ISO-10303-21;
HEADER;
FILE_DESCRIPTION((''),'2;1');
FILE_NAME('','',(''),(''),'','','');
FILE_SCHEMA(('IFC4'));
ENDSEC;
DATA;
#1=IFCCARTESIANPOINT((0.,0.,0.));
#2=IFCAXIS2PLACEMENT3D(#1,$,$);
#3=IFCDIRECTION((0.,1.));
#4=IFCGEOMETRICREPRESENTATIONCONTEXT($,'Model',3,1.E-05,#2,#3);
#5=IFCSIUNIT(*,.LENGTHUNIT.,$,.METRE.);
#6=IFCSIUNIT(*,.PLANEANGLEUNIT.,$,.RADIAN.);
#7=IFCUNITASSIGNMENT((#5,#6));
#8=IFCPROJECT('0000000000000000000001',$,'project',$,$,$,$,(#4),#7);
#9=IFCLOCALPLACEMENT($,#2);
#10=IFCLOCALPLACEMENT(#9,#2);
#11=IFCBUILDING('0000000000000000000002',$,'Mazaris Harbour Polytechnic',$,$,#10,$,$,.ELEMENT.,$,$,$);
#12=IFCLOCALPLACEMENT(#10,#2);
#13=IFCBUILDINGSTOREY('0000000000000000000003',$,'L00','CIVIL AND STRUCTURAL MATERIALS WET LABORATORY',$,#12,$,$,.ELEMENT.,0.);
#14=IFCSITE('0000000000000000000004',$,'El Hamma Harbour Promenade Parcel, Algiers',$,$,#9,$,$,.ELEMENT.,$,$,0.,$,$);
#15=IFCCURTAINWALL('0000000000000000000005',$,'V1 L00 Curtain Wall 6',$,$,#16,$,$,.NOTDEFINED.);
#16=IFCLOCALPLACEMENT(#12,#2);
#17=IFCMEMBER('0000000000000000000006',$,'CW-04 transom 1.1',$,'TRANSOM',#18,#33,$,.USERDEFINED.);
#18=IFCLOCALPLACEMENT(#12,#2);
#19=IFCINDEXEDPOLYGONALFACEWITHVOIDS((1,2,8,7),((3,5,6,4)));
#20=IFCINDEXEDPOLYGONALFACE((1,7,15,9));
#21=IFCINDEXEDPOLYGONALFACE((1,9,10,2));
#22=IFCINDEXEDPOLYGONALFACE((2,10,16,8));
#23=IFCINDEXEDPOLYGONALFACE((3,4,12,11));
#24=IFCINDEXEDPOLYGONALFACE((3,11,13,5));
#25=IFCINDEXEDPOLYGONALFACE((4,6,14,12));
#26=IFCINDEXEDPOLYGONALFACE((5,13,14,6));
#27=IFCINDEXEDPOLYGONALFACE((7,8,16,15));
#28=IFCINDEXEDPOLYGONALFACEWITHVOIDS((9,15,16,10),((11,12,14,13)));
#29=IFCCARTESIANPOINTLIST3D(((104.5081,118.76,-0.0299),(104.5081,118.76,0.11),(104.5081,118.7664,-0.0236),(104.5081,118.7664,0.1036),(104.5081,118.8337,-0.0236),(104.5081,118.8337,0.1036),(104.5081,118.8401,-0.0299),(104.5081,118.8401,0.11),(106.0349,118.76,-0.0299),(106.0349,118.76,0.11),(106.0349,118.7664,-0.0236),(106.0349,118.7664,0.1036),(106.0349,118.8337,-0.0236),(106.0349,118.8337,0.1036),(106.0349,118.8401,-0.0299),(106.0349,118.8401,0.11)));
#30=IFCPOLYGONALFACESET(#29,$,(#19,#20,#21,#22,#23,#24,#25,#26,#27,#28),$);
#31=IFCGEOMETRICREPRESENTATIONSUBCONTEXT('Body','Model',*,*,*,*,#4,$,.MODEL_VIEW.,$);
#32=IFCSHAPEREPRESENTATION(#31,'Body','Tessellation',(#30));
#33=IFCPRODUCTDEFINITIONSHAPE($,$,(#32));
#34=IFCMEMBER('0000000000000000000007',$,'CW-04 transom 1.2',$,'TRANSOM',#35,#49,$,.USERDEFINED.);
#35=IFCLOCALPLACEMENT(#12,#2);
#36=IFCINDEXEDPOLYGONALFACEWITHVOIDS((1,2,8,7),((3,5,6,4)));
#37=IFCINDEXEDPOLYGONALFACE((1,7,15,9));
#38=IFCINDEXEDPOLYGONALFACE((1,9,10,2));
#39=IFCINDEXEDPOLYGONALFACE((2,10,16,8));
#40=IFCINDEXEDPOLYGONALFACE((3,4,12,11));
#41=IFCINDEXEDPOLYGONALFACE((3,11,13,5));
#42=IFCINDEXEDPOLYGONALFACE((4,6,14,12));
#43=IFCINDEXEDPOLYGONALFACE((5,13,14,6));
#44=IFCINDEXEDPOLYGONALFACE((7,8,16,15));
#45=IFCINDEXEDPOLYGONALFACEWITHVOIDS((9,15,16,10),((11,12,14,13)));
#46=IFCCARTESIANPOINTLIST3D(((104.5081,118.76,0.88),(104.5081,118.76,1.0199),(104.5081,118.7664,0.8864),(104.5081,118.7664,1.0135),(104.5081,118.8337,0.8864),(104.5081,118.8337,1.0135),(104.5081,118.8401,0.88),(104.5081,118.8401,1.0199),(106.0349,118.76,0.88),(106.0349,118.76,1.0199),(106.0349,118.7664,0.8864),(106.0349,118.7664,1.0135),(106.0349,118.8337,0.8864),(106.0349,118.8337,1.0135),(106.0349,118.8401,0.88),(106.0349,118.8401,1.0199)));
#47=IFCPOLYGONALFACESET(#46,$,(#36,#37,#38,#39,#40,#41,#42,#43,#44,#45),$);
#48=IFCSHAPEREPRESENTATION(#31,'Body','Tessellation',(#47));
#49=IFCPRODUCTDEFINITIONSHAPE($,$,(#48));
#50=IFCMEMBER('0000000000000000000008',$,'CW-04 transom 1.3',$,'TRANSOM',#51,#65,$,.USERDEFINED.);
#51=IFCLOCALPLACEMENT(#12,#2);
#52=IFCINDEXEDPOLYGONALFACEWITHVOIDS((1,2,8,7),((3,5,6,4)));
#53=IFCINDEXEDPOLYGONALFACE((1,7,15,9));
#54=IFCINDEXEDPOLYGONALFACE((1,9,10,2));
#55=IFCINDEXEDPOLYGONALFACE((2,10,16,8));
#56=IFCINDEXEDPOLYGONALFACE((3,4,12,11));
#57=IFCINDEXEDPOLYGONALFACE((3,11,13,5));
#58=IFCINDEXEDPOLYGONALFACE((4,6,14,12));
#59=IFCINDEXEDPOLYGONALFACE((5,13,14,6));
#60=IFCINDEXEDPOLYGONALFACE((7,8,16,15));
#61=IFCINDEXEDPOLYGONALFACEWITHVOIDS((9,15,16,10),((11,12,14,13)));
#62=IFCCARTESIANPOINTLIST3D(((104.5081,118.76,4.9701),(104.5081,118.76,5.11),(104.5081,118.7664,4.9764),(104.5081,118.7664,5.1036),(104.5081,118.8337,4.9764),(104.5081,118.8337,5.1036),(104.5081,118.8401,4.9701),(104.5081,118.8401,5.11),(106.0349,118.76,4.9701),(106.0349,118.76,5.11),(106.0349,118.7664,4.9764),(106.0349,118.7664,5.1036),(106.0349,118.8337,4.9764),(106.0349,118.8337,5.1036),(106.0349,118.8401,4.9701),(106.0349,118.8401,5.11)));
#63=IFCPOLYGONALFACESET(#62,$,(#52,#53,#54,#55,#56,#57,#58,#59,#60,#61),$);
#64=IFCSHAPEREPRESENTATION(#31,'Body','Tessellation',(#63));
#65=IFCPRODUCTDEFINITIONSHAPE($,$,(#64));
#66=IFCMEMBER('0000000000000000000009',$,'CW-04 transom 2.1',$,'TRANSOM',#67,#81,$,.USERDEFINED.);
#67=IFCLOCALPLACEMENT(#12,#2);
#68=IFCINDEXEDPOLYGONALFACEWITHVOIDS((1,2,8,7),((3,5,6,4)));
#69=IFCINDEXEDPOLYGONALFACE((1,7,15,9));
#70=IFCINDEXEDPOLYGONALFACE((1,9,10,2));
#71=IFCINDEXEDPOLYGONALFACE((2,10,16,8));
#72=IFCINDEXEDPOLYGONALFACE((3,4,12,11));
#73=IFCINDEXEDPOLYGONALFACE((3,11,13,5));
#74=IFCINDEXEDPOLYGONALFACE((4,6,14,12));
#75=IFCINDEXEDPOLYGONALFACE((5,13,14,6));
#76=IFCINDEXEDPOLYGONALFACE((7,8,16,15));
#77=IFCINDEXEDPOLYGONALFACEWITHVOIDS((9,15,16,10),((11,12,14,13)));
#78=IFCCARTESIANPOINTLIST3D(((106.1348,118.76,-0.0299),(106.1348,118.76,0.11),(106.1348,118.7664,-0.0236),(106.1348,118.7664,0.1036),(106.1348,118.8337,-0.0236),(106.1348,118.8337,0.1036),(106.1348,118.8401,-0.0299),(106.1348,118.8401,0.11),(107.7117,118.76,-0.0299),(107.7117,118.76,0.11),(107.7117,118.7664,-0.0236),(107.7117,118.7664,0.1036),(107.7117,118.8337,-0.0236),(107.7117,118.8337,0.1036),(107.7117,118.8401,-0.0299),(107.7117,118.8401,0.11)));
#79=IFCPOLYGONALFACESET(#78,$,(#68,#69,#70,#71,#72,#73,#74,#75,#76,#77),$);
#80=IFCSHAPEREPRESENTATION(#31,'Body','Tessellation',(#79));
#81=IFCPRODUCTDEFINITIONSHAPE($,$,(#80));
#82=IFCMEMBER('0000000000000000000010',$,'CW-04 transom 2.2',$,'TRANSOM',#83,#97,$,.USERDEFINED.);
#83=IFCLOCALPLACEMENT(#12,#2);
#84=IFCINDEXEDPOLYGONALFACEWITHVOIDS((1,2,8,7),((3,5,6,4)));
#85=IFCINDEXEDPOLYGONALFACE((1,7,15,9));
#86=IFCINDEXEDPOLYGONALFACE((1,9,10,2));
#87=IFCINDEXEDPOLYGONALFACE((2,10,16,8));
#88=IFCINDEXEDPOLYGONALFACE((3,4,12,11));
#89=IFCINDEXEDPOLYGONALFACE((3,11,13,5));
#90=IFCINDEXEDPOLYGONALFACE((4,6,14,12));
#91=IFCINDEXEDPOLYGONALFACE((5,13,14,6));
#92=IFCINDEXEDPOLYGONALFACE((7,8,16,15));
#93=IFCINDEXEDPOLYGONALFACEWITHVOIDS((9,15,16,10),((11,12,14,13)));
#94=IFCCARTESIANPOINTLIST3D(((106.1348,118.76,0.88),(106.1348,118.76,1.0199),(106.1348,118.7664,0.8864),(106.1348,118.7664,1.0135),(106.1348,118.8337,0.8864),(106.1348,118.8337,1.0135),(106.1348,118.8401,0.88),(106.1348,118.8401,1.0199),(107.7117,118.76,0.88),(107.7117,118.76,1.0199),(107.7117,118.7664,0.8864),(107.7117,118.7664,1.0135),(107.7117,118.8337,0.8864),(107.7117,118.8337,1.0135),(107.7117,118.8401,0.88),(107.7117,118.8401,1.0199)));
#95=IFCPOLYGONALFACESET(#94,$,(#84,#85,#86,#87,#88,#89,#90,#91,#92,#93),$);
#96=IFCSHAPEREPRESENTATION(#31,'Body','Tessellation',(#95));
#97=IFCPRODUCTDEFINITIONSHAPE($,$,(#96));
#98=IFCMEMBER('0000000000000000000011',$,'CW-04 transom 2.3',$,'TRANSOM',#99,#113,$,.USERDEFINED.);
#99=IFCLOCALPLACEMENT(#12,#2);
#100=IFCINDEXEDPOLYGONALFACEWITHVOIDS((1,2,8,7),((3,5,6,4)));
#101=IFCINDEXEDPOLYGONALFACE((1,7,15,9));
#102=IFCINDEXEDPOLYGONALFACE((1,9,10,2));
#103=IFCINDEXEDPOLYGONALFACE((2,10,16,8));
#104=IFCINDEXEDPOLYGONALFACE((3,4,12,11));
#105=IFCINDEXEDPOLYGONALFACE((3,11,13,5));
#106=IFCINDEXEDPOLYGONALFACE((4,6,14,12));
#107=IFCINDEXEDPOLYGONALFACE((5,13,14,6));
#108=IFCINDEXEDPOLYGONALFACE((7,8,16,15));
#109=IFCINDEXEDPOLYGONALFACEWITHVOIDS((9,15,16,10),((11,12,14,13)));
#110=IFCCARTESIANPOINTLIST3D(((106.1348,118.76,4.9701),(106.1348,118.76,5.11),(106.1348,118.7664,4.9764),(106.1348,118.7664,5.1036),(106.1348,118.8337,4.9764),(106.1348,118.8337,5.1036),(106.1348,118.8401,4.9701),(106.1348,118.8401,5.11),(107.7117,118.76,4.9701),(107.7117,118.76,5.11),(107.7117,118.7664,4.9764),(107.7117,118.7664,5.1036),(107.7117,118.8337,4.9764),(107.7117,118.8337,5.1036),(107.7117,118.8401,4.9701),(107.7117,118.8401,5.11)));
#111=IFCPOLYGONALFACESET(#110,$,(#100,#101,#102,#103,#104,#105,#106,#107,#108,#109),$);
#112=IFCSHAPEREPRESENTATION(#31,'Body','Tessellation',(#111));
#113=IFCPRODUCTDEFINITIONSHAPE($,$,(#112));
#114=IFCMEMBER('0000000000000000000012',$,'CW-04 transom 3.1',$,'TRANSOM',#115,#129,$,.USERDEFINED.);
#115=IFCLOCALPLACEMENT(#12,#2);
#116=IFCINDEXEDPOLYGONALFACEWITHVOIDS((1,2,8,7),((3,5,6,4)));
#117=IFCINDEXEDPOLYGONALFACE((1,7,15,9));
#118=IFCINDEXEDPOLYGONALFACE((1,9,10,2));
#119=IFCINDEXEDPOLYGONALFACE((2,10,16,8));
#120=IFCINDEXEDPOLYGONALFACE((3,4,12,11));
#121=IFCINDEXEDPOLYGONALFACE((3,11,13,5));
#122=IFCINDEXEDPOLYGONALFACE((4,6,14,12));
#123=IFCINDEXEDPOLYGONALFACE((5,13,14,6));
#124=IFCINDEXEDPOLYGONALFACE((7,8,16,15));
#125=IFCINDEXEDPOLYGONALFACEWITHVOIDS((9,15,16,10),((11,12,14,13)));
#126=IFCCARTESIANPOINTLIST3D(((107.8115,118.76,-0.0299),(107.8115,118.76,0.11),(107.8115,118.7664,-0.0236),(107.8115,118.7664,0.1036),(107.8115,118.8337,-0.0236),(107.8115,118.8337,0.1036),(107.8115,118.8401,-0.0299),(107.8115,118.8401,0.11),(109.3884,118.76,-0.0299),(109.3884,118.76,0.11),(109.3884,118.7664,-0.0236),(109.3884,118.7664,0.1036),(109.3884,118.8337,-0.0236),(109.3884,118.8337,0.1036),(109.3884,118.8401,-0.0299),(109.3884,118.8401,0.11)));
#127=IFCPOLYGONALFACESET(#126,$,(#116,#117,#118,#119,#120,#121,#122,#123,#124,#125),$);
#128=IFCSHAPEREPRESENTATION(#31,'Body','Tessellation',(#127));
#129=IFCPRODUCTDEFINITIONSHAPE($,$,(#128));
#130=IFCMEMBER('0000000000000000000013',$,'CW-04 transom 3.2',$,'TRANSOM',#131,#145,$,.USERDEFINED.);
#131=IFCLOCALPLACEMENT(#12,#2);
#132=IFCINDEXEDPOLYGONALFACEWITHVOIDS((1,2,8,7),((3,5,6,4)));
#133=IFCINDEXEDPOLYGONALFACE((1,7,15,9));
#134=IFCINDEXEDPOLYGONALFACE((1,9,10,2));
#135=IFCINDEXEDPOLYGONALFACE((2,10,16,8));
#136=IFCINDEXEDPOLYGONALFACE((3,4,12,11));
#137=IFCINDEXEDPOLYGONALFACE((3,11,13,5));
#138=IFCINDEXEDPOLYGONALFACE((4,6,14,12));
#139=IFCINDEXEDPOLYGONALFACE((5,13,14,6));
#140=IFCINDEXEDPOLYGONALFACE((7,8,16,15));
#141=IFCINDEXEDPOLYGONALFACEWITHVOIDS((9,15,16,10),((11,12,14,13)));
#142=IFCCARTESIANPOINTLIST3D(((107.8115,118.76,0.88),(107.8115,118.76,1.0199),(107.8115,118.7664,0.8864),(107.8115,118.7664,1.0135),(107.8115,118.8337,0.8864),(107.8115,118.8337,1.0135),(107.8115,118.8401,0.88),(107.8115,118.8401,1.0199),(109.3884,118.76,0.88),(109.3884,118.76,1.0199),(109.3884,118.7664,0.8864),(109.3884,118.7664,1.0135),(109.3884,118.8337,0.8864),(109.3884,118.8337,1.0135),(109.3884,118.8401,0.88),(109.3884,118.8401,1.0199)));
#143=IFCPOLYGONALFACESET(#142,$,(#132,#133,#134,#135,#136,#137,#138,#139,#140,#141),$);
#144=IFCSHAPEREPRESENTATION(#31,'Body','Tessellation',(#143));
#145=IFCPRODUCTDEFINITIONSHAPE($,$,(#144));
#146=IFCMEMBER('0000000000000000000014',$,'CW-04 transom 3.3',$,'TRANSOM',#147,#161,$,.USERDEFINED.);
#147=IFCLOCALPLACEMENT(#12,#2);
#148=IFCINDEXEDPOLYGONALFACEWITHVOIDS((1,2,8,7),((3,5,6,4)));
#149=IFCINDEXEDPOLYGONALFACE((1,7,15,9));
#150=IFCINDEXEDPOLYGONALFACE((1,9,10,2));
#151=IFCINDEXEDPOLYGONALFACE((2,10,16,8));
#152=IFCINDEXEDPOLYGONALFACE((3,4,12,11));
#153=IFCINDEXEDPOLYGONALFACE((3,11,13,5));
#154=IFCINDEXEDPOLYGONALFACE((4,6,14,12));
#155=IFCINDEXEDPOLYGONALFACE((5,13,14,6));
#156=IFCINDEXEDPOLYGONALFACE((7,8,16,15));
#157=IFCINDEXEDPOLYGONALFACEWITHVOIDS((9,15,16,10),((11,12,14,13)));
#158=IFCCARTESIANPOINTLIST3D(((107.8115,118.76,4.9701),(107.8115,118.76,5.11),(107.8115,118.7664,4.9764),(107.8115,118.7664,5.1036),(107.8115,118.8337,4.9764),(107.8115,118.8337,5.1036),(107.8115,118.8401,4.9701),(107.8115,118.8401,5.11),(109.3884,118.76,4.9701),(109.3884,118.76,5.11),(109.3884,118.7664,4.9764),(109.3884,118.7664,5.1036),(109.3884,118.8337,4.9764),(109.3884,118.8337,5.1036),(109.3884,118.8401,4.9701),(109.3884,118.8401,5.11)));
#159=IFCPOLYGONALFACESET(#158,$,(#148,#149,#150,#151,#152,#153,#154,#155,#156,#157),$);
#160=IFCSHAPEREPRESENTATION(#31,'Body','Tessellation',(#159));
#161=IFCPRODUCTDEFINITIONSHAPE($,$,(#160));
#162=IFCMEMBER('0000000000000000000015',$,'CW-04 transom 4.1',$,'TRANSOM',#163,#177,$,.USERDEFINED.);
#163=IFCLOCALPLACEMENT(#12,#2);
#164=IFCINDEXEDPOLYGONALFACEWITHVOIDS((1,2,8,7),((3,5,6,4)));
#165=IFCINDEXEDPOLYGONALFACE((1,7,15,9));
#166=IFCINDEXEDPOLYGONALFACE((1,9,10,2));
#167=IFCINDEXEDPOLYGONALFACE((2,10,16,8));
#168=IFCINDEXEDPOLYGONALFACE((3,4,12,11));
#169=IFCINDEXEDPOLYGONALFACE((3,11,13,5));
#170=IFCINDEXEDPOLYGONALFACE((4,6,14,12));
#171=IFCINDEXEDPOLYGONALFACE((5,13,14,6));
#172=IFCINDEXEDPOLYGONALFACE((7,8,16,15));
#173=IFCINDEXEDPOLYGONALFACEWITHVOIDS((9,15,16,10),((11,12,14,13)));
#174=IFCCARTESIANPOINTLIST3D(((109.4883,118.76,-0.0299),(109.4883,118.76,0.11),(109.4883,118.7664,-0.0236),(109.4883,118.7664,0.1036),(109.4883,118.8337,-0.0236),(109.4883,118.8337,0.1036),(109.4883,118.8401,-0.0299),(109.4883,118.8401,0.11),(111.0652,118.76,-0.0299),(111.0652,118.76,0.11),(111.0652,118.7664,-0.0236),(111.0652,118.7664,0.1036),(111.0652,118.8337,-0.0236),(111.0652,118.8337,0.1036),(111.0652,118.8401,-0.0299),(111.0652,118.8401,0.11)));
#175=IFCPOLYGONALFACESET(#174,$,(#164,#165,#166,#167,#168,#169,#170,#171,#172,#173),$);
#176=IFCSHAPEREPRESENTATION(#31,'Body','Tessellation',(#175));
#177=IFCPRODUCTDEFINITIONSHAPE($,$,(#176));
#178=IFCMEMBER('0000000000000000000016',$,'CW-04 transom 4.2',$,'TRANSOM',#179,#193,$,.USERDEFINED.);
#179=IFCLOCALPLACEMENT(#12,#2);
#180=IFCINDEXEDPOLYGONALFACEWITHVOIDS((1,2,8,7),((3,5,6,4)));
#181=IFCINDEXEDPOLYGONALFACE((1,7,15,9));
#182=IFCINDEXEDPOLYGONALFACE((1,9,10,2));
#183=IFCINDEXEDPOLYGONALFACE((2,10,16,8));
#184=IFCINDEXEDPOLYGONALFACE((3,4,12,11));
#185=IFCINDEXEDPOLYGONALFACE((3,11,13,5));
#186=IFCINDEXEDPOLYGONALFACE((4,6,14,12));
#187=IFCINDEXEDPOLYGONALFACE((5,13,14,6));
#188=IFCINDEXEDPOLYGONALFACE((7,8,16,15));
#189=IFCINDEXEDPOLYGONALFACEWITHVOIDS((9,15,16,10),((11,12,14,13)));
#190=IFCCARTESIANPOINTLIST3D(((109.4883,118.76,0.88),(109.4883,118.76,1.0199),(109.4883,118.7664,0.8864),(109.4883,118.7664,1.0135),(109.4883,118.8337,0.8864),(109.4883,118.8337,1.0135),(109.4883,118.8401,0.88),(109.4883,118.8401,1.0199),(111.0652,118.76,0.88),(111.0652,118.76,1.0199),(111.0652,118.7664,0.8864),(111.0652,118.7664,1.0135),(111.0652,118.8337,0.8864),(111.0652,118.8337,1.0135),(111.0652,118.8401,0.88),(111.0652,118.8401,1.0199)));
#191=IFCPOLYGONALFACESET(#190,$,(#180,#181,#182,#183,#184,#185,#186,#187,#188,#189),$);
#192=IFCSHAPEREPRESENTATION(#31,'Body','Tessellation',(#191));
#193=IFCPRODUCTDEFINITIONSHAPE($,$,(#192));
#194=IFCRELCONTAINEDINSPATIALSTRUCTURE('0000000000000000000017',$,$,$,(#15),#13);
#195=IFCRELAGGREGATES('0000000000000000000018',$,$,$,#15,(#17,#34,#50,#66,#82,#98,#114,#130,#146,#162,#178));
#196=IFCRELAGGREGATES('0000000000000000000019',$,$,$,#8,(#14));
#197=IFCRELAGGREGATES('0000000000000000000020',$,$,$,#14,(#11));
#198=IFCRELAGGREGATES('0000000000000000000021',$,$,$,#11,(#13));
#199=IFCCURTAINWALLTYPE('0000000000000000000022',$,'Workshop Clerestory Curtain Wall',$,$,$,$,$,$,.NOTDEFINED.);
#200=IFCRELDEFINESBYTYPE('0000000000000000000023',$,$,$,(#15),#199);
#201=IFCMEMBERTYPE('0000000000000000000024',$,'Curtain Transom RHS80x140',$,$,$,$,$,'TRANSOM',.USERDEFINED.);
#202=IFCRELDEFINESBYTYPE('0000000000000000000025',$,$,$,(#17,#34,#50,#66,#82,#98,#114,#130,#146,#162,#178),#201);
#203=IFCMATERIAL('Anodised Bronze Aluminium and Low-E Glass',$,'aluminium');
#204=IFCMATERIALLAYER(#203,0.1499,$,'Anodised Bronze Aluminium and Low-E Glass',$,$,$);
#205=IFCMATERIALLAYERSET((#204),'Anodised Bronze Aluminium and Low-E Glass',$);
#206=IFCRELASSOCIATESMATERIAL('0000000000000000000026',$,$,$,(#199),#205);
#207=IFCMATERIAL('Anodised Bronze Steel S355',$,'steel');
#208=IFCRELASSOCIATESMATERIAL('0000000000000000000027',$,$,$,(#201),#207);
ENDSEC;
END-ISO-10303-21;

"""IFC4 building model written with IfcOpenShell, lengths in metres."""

from ifc_helpers import new_model, si_unit, direction, frame, origin, origin_2d, place, context, subcontext, project, spatial, hollow_rectangle, extrude, material, layer, layer_set, material_profile, profile_set, type_object, element, aggregate, save


model = new_model("IFC4")

# Units and contexts
model_context = context("Model", 3, precision=1e-05, world=origin(), true_north=direction((0.0, 1.0)))
body_context = subcontext(model_context, "Body", "Model", "MODEL_VIEW")
ifc_project = project(units=[si_unit("LENGTHUNIT", "METRE"), si_unit("PLANEANGLEUNIT", "RADIAN")], contexts=[model_context])

# Site, building, storey
site_placement = place(None, origin())
site = spatial("IfcSite", under=ifc_project, at=site_placement, Name="El Hamma Harbour Promenade Parcel, Algiers", CompositionType="ELEMENT", RefElevation=0.0)
building_placement = place(site_placement, origin())
building = spatial("IfcBuilding", under=site, at=building_placement, Name="Mazaris Harbour Polytechnic", CompositionType="ELEMENT")
storey_placement = place(building_placement, origin())
storey = spatial("IfcBuildingStorey", under=building, at=storey_placement, Name="L00", Description="CIVIL AND STRUCTURAL MATERIALS WET LABORATORY", CompositionType="ELEMENT", Elevation=0.0)

# Curtain wall, members
ifc_material_1 = material(Name="Anodised Bronze Aluminium and Low-E Glass", Category="aluminium")
ifc_layer_1 = layer(ifc_material_1, 0.1499, Name="Anodised Bronze Aluminium and Low-E Glass")
ifc_layer_set_1 = layer_set([ifc_layer_1], Name="Anodised Bronze Aluminium and Low-E Glass")
curtain_wall_type = type_object("IfcCurtainWallType", Name="Workshop Clerestory Curtain Wall", PredefinedType="NOTDEFINED", material=ifc_layer_set_1)
curtain_wall_placement = place(storey_placement, origin())
curtain_wall = element("IfcCurtainWall", 1, at=curtain_wall_placement, inside=storey, type_object=curtain_wall_type, Name="V1 L00 Curtain Wall 6", PredefinedType="NOTDEFINED")
ifc_material_2 = material(Name="Anodised Bronze Steel S355", Category="steel")
ifc_material_profile_1 = material_profile(ifc_material_2, hollow_rectangle(XDim=0.0801, YDim=0.1399, WallThickness=0.0063, at=origin_2d()), Name="RHS 80x140x6.3")
ifc_profile_set_1 = profile_set([ifc_material_profile_1], Name="Anodised Bronze Steel S355")
member_type_1 = type_object("IfcMemberType", Name="Curtain Transom RHS80x140", ElementType="TRANSOM", PredefinedType="USERDEFINED", material=ifc_profile_set_1)
member_1_placement = place(storey_placement, frame((104.5081, 118.8, 0.04), z_axis=(1.0, 0.0, 0.0), x_axis=(0.0, 1.0, 0.0)))
member_1 = element("IfcMember", 2, at=member_1_placement, type_object=member_type_1, Name="CW-04 transom 1.1", ObjectType="TRANSOM", PredefinedType="USERDEFINED", context=body_context, shape_type="SweptSolid", body=[
    extrude(hollow_rectangle(XDim=0.0801, YDim=0.1399, WallThickness=0.0063, at=origin_2d()), origin(), (0.0, 0.0, 1.0), 1.5269),
])
member_2_placement = place(storey_placement, frame((104.5081, 118.8, 0.95), z_axis=(1.0, 0.0, 0.0), x_axis=(0.0, 1.0, 0.0)))
member_2 = element("IfcMember", 3, at=member_2_placement, type_object=member_type_1, Name="CW-04 transom 1.2", ObjectType="TRANSOM", PredefinedType="USERDEFINED", context=body_context, shape_type="SweptSolid", body=[
    extrude(hollow_rectangle(XDim=0.0801, YDim=0.1399, WallThickness=0.0063, at=origin_2d()), origin(), (0.0, 0.0, 1.0), 1.5269),
])
member_3_placement = place(storey_placement, frame((104.5081, 118.8, 5.04), z_axis=(1.0, 0.0, 0.0), x_axis=(0.0, 1.0, 0.0)))
member_3 = element("IfcMember", 4, at=member_3_placement, type_object=member_type_1, Name="CW-04 transom 1.3", ObjectType="TRANSOM", PredefinedType="USERDEFINED", context=body_context, shape_type="SweptSolid", body=[
    extrude(hollow_rectangle(XDim=0.0801, YDim=0.1399, WallThickness=0.0063, at=origin_2d()), origin(), (0.0, 0.0, 1.0), 1.5269),
])
member_4_placement = place(storey_placement, frame((106.1348, 118.8, 0.04), z_axis=(1.0, 0.0, 0.0), x_axis=(0.0, 1.0, 0.0)))
member_4 = element("IfcMember", 5, at=member_4_placement, type_object=member_type_1, Name="CW-04 transom 2.1", ObjectType="TRANSOM", PredefinedType="USERDEFINED", context=body_context, shape_type="SweptSolid", body=[
    extrude(hollow_rectangle(XDim=0.0801, YDim=0.1399, WallThickness=0.0063, at=origin_2d()), origin(), (0.0, 0.0, 1.0), 1.5769),
])
member_5_placement = place(storey_placement, frame((106.1348, 118.8, 0.95), z_axis=(1.0, 0.0, 0.0), x_axis=(0.0, 1.0, 0.0)))
member_5 = element("IfcMember", 6, at=member_5_placement, type_object=member_type_1, Name="CW-04 transom 2.2", ObjectType="TRANSOM", PredefinedType="USERDEFINED", context=body_context, shape_type="SweptSolid", body=[
    extrude(hollow_rectangle(XDim=0.0801, YDim=0.1399, WallThickness=0.0063, at=origin_2d()), origin(), (0.0, 0.0, 1.0), 1.5769),
])
member_6_placement = place(storey_placement, frame((106.1348, 118.8, 5.04), z_axis=(1.0, 0.0, 0.0), x_axis=(0.0, 1.0, 0.0)))
member_6 = element("IfcMember", 7, at=member_6_placement, type_object=member_type_1, Name="CW-04 transom 2.3", ObjectType="TRANSOM", PredefinedType="USERDEFINED", context=body_context, shape_type="SweptSolid", body=[
    extrude(hollow_rectangle(XDim=0.0801, YDim=0.1399, WallThickness=0.0063, at=origin_2d()), origin(), (0.0, 0.0, 1.0), 1.5769),
])
member_7_placement = place(storey_placement, frame((107.8115, 118.8, 0.04), z_axis=(1.0, 0.0, 0.0), x_axis=(0.0, 1.0, 0.0)))
member_7 = element("IfcMember", 8, at=member_7_placement, type_object=member_type_1, Name="CW-04 transom 3.1", ObjectType="TRANSOM", PredefinedType="USERDEFINED", context=body_context, shape_type="SweptSolid", body=[
    extrude(hollow_rectangle(XDim=0.0801, YDim=0.1399, WallThickness=0.0063, at=origin_2d()), origin(), (0.0, 0.0, 1.0), 1.5769),
])
member_8_placement = place(storey_placement, frame((107.8115, 118.8, 0.95), z_axis=(1.0, 0.0, 0.0), x_axis=(0.0, 1.0, 0.0)))
member_8 = element("IfcMember", 9, at=member_8_placement, type_object=member_type_1, Name="CW-04 transom 3.2", ObjectType="TRANSOM", PredefinedType="USERDEFINED", context=body_context, shape_type="SweptSolid", body=[
    extrude(hollow_rectangle(XDim=0.0801, YDim=0.1399, WallThickness=0.0063, at=origin_2d()), origin(), (0.0, 0.0, 1.0), 1.5769),
])
member_9_placement = place(storey_placement, frame((107.8115, 118.8, 5.04), z_axis=(1.0, 0.0, 0.0), x_axis=(0.0, 1.0, 0.0)))
member_9 = element("IfcMember", 10, at=member_9_placement, type_object=member_type_1, Name="CW-04 transom 3.3", ObjectType="TRANSOM", PredefinedType="USERDEFINED", context=body_context, shape_type="SweptSolid", body=[
    extrude(hollow_rectangle(XDim=0.0801, YDim=0.1399, WallThickness=0.0063, at=origin_2d()), origin(), (0.0, 0.0, 1.0), 1.5769),
])
member_10_placement = place(storey_placement, frame((109.4883, 118.8, 0.04), z_axis=(1.0, 0.0, 0.0), x_axis=(0.0, 1.0, 0.0)))
member_10 = element("IfcMember", 11, at=member_10_placement, type_object=member_type_1, Name="CW-04 transom 4.1", ObjectType="TRANSOM", PredefinedType="USERDEFINED", context=body_context, shape_type="SweptSolid", body=[
    extrude(hollow_rectangle(XDim=0.0801, YDim=0.1399, WallThickness=0.0063, at=origin_2d()), origin(), (0.0, 0.0, 1.0), 1.5769),
])
member_11_placement = place(storey_placement, frame((109.4883, 118.8, 0.95), z_axis=(1.0, 0.0, 0.0), x_axis=(0.0, 1.0, 0.0)))
member_11 = element("IfcMember", 12, at=member_11_placement, type_object=member_type_1, Name="CW-04 transom 4.2", ObjectType="TRANSOM", PredefinedType="USERDEFINED", context=body_context, shape_type="SweptSolid", body=[
    extrude(hollow_rectangle(XDim=0.0801, YDim=0.1399, WallThickness=0.0063, at=origin_2d()), origin(), (0.0, 0.0, 1.0), 1.5769),
])
aggregate(curtain_wall, [member_1, member_2, member_3, member_4, member_5, member_6, member_7, member_8, member_9, member_10, member_11])

save(model, "model.ifc")
